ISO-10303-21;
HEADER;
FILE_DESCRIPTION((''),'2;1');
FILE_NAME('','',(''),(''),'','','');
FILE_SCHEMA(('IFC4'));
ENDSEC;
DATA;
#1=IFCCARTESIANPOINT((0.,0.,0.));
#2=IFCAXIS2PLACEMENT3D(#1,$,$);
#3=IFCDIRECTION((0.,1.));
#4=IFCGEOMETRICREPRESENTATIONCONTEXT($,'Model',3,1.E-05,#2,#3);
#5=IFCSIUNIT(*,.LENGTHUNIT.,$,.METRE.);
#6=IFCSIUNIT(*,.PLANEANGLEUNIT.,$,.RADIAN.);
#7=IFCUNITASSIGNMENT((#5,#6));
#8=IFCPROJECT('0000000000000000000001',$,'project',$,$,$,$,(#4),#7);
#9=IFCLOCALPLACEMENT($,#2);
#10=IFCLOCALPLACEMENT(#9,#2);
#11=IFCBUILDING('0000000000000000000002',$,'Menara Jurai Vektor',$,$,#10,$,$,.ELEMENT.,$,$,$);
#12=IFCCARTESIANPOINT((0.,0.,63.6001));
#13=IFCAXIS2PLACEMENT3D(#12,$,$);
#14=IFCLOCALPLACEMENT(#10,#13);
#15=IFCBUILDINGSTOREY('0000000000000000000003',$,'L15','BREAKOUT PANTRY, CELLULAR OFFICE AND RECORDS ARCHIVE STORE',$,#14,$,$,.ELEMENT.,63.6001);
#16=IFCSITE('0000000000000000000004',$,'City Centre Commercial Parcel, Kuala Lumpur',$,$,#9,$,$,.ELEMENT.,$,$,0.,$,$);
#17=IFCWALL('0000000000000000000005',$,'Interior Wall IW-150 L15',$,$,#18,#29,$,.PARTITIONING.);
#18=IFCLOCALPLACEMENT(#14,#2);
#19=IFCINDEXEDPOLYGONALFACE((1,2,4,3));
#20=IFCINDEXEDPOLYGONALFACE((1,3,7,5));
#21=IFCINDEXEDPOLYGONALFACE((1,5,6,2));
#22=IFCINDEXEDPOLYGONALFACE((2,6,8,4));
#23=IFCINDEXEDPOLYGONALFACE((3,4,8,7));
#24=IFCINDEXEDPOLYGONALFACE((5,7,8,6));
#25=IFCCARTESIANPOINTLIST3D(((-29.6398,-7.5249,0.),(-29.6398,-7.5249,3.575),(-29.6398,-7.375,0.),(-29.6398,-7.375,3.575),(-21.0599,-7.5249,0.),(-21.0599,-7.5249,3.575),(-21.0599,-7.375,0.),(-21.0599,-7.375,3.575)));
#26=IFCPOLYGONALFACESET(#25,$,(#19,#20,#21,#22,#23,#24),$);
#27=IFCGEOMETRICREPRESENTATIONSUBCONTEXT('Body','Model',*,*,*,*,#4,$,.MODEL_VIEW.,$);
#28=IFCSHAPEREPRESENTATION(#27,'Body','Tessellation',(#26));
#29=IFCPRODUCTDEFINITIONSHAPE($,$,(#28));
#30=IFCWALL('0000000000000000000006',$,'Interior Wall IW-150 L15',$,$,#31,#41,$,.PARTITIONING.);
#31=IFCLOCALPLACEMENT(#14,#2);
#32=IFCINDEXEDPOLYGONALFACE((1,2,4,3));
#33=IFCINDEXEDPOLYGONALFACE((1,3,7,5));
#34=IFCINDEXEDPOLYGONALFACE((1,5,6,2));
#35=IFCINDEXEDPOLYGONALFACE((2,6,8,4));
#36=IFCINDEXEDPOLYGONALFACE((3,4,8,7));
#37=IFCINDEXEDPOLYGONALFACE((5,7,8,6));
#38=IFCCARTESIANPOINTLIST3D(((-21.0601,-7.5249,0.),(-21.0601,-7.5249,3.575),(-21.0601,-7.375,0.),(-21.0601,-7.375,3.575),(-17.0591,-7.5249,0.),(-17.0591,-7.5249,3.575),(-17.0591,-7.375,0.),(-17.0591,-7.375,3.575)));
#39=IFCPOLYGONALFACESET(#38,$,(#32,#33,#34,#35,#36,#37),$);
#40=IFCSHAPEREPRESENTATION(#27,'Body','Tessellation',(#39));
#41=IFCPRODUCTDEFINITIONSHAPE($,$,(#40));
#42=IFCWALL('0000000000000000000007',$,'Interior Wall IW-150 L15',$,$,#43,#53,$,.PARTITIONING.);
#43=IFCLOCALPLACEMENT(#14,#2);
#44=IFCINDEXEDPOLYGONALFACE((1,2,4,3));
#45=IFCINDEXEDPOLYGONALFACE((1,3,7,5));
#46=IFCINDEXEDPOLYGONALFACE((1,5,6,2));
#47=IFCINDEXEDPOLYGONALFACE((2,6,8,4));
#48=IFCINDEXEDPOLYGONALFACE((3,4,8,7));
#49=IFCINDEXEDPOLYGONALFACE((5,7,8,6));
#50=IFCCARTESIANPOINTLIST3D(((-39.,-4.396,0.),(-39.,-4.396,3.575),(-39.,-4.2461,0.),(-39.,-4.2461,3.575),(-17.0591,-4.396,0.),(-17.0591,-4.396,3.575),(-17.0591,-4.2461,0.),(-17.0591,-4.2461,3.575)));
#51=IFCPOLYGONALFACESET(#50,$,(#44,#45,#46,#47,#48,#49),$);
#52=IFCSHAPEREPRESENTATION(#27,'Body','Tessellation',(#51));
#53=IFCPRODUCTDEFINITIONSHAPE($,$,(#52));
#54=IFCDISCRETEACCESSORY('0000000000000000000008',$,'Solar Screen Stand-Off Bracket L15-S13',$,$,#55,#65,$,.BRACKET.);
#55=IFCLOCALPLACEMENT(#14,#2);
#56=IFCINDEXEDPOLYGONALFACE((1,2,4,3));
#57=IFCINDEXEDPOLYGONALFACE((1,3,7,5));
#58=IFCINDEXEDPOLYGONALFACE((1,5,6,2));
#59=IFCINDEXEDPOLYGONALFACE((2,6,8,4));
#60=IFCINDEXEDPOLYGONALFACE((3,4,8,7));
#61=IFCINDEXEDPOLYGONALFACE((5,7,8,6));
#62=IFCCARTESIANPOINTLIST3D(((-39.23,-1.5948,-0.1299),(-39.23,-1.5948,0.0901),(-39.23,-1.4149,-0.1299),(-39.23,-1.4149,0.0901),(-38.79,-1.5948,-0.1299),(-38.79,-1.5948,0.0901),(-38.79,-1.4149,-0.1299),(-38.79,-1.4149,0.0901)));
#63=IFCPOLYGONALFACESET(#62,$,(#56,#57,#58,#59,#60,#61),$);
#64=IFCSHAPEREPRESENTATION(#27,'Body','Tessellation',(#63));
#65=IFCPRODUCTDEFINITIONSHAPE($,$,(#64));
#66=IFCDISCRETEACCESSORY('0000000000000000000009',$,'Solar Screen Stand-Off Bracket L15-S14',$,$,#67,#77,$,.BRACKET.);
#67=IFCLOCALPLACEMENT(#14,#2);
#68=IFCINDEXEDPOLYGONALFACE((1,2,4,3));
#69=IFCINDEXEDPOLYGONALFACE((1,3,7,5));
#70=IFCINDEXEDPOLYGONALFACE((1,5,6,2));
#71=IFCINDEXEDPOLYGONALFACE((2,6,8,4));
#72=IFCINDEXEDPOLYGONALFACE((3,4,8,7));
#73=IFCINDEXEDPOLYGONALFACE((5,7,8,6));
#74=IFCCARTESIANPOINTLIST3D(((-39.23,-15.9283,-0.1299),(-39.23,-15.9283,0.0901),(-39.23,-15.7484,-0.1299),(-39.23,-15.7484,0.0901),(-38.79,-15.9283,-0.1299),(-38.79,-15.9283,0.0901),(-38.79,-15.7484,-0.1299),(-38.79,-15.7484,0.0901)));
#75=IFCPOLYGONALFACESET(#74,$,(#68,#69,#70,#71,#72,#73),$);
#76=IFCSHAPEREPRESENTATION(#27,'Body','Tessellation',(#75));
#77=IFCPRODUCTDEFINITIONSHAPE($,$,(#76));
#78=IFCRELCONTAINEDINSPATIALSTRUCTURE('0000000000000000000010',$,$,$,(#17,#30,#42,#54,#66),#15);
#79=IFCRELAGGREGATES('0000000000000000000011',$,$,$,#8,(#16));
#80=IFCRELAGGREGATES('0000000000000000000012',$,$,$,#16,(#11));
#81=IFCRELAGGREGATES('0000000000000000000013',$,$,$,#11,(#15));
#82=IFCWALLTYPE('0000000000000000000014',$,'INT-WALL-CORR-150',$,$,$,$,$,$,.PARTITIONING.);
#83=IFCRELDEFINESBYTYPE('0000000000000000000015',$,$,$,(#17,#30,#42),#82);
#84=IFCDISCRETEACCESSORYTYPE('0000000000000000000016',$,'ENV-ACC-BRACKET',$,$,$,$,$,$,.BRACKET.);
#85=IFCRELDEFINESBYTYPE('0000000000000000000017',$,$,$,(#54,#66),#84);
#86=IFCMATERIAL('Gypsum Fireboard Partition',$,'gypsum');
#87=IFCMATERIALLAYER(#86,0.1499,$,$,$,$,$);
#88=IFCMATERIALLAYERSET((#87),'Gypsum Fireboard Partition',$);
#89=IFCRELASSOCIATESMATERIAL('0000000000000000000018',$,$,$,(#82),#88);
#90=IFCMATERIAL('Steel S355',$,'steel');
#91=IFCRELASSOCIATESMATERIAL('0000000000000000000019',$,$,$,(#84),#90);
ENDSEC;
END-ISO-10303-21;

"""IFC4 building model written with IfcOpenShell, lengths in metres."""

from ifc_helpers import new_model, si_unit, direction, frame, frame_2d, origin, origin_2d, place, context, subcontext, project, spatial, rectangle, extrude, material, layer, layer_set, type_object, element, save


model = new_model("IFC4")

# Units and contexts
model_context = context("Model", 3, precision=1e-05, world=origin(), true_north=direction((0.0, 1.0)))
body_context = subcontext(model_context, "Body", "Model", "MODEL_VIEW")
ifc_project = project(units=[si_unit("LENGTHUNIT", "METRE"), si_unit("PLANEANGLEUNIT", "RADIAN")], contexts=[model_context])

# Site, building, storey
site_placement = place(None, origin())
site = spatial("IfcSite", under=ifc_project, at=site_placement, Name="City Centre Commercial Parcel, Kuala Lumpur", CompositionType="ELEMENT", RefElevation=0.0)
building_placement = place(site_placement, origin())
building = spatial("IfcBuilding", under=site, at=building_placement, Name="Menara Jurai Vektor", CompositionType="ELEMENT")
storey_placement = place(building_placement, frame((0.0, 0.0, 63.6001)))
storey = spatial("IfcBuildingStorey", under=building, at=storey_placement, Name="L15", Description="BREAKOUT PANTRY, CELLULAR OFFICE AND RECORDS ARCHIVE STORE", CompositionType="ELEMENT", Elevation=63.6001)

# Shared definitions
ifc_material_1 = material(Name="Steel S355", Category="steel")

# Shared definitions
ifc_material_2 = material(Name="Gypsum Fireboard Partition", Category="gypsum")
ifc_layer_1 = layer(ifc_material_2, 0.1499)
ifc_layer_set_1 = layer_set([ifc_layer_1], Name="Gypsum Fireboard Partition")
wall_type = type_object("IfcWallType", Name="INT-WALL-CORR-150", PredefinedType="PARTITIONING", material=ifc_layer_set_1)

# Walls
wall_1_placement = place(storey_placement, frame((-29.6399, -7.45, 0.0), z_axis=(0.0, 0.0, 1.0), x_axis=(1.0, 0.0, 0.0)))
element("IfcWall", 1, at=wall_1_placement, inside=storey, type_object=wall_type, Name="Interior Wall IW-150 L15", PredefinedType="PARTITIONING", context=body_context, shape_type="SweptSolid", body=[
    extrude(rectangle(XDim=8.5798, YDim=0.1499, at=frame_2d((4.29, 0.0))), origin(), (0.0, 0.0, 1.0), 3.575),
])
wall_2_placement = place(storey_placement, frame((-21.0601, -7.45, 0.0), z_axis=(0.0, 0.0, 1.0), x_axis=(1.0, 0.0, 0.0)))
element("IfcWall", 2, at=wall_2_placement, inside=storey, type_object=wall_type, Name="Interior Wall IW-150 L15", PredefinedType="PARTITIONING", context=body_context, shape_type="SweptSolid", body=[
    extrude(rectangle(XDim=4.001, YDim=0.1499, at=frame_2d((2.0005, 0.0))), origin(), (0.0, 0.0, 1.0), 3.575),
])
wall_3_placement = place(storey_placement, frame((-39.0, -4.321, 0.0), z_axis=(0.0, 0.0, 1.0), x_axis=(1.0, 0.0, 0.0)))
element("IfcWall", 3, at=wall_3_placement, inside=storey, type_object=wall_type, Name="Interior Wall IW-150 L15", PredefinedType="PARTITIONING", context=body_context, shape_type="SweptSolid", body=[
    extrude(rectangle(XDim=21.9409, YDim=0.1499, at=frame_2d((10.9705, 0.0))), origin(), (0.0, 0.0, 1.0), 3.575),
])

# Discrete accessories
discrete_accessory_type = type_object("IfcDiscreteAccessoryType", Name="ENV-ACC-BRACKET", PredefinedType="BRACKET", material=ifc_material_1)
for number, where, z_axis, x_axis, name in (
    (4, (-39.01, -1.5049, -0.1299), (0.0, 0.0, 1.0), (0.0, -1.0, 0.0), "Solar Screen Stand-Off Bracket L15-S13"),
    (5, (-39.01, -15.8384, -0.1299), (0.0, 0.0, 1.0), (0.0, -1.0, 0.0), "Solar Screen Stand-Off Bracket L15-S14"),
):
    element("IfcDiscreteAccessory", number, at=place(storey_placement, frame(where, z_axis=z_axis, x_axis=x_axis)), inside=storey, type_object=discrete_accessory_type, Name=name, PredefinedType="BRACKET", context=body_context, shape_type="SweptSolid", body=[
        extrude(rectangle(XDim=0.1799, YDim=0.4399, at=origin_2d()), origin(), (0.0, 0.0, 1.0), 0.22),
    ])

save(model, "model.ifc")
